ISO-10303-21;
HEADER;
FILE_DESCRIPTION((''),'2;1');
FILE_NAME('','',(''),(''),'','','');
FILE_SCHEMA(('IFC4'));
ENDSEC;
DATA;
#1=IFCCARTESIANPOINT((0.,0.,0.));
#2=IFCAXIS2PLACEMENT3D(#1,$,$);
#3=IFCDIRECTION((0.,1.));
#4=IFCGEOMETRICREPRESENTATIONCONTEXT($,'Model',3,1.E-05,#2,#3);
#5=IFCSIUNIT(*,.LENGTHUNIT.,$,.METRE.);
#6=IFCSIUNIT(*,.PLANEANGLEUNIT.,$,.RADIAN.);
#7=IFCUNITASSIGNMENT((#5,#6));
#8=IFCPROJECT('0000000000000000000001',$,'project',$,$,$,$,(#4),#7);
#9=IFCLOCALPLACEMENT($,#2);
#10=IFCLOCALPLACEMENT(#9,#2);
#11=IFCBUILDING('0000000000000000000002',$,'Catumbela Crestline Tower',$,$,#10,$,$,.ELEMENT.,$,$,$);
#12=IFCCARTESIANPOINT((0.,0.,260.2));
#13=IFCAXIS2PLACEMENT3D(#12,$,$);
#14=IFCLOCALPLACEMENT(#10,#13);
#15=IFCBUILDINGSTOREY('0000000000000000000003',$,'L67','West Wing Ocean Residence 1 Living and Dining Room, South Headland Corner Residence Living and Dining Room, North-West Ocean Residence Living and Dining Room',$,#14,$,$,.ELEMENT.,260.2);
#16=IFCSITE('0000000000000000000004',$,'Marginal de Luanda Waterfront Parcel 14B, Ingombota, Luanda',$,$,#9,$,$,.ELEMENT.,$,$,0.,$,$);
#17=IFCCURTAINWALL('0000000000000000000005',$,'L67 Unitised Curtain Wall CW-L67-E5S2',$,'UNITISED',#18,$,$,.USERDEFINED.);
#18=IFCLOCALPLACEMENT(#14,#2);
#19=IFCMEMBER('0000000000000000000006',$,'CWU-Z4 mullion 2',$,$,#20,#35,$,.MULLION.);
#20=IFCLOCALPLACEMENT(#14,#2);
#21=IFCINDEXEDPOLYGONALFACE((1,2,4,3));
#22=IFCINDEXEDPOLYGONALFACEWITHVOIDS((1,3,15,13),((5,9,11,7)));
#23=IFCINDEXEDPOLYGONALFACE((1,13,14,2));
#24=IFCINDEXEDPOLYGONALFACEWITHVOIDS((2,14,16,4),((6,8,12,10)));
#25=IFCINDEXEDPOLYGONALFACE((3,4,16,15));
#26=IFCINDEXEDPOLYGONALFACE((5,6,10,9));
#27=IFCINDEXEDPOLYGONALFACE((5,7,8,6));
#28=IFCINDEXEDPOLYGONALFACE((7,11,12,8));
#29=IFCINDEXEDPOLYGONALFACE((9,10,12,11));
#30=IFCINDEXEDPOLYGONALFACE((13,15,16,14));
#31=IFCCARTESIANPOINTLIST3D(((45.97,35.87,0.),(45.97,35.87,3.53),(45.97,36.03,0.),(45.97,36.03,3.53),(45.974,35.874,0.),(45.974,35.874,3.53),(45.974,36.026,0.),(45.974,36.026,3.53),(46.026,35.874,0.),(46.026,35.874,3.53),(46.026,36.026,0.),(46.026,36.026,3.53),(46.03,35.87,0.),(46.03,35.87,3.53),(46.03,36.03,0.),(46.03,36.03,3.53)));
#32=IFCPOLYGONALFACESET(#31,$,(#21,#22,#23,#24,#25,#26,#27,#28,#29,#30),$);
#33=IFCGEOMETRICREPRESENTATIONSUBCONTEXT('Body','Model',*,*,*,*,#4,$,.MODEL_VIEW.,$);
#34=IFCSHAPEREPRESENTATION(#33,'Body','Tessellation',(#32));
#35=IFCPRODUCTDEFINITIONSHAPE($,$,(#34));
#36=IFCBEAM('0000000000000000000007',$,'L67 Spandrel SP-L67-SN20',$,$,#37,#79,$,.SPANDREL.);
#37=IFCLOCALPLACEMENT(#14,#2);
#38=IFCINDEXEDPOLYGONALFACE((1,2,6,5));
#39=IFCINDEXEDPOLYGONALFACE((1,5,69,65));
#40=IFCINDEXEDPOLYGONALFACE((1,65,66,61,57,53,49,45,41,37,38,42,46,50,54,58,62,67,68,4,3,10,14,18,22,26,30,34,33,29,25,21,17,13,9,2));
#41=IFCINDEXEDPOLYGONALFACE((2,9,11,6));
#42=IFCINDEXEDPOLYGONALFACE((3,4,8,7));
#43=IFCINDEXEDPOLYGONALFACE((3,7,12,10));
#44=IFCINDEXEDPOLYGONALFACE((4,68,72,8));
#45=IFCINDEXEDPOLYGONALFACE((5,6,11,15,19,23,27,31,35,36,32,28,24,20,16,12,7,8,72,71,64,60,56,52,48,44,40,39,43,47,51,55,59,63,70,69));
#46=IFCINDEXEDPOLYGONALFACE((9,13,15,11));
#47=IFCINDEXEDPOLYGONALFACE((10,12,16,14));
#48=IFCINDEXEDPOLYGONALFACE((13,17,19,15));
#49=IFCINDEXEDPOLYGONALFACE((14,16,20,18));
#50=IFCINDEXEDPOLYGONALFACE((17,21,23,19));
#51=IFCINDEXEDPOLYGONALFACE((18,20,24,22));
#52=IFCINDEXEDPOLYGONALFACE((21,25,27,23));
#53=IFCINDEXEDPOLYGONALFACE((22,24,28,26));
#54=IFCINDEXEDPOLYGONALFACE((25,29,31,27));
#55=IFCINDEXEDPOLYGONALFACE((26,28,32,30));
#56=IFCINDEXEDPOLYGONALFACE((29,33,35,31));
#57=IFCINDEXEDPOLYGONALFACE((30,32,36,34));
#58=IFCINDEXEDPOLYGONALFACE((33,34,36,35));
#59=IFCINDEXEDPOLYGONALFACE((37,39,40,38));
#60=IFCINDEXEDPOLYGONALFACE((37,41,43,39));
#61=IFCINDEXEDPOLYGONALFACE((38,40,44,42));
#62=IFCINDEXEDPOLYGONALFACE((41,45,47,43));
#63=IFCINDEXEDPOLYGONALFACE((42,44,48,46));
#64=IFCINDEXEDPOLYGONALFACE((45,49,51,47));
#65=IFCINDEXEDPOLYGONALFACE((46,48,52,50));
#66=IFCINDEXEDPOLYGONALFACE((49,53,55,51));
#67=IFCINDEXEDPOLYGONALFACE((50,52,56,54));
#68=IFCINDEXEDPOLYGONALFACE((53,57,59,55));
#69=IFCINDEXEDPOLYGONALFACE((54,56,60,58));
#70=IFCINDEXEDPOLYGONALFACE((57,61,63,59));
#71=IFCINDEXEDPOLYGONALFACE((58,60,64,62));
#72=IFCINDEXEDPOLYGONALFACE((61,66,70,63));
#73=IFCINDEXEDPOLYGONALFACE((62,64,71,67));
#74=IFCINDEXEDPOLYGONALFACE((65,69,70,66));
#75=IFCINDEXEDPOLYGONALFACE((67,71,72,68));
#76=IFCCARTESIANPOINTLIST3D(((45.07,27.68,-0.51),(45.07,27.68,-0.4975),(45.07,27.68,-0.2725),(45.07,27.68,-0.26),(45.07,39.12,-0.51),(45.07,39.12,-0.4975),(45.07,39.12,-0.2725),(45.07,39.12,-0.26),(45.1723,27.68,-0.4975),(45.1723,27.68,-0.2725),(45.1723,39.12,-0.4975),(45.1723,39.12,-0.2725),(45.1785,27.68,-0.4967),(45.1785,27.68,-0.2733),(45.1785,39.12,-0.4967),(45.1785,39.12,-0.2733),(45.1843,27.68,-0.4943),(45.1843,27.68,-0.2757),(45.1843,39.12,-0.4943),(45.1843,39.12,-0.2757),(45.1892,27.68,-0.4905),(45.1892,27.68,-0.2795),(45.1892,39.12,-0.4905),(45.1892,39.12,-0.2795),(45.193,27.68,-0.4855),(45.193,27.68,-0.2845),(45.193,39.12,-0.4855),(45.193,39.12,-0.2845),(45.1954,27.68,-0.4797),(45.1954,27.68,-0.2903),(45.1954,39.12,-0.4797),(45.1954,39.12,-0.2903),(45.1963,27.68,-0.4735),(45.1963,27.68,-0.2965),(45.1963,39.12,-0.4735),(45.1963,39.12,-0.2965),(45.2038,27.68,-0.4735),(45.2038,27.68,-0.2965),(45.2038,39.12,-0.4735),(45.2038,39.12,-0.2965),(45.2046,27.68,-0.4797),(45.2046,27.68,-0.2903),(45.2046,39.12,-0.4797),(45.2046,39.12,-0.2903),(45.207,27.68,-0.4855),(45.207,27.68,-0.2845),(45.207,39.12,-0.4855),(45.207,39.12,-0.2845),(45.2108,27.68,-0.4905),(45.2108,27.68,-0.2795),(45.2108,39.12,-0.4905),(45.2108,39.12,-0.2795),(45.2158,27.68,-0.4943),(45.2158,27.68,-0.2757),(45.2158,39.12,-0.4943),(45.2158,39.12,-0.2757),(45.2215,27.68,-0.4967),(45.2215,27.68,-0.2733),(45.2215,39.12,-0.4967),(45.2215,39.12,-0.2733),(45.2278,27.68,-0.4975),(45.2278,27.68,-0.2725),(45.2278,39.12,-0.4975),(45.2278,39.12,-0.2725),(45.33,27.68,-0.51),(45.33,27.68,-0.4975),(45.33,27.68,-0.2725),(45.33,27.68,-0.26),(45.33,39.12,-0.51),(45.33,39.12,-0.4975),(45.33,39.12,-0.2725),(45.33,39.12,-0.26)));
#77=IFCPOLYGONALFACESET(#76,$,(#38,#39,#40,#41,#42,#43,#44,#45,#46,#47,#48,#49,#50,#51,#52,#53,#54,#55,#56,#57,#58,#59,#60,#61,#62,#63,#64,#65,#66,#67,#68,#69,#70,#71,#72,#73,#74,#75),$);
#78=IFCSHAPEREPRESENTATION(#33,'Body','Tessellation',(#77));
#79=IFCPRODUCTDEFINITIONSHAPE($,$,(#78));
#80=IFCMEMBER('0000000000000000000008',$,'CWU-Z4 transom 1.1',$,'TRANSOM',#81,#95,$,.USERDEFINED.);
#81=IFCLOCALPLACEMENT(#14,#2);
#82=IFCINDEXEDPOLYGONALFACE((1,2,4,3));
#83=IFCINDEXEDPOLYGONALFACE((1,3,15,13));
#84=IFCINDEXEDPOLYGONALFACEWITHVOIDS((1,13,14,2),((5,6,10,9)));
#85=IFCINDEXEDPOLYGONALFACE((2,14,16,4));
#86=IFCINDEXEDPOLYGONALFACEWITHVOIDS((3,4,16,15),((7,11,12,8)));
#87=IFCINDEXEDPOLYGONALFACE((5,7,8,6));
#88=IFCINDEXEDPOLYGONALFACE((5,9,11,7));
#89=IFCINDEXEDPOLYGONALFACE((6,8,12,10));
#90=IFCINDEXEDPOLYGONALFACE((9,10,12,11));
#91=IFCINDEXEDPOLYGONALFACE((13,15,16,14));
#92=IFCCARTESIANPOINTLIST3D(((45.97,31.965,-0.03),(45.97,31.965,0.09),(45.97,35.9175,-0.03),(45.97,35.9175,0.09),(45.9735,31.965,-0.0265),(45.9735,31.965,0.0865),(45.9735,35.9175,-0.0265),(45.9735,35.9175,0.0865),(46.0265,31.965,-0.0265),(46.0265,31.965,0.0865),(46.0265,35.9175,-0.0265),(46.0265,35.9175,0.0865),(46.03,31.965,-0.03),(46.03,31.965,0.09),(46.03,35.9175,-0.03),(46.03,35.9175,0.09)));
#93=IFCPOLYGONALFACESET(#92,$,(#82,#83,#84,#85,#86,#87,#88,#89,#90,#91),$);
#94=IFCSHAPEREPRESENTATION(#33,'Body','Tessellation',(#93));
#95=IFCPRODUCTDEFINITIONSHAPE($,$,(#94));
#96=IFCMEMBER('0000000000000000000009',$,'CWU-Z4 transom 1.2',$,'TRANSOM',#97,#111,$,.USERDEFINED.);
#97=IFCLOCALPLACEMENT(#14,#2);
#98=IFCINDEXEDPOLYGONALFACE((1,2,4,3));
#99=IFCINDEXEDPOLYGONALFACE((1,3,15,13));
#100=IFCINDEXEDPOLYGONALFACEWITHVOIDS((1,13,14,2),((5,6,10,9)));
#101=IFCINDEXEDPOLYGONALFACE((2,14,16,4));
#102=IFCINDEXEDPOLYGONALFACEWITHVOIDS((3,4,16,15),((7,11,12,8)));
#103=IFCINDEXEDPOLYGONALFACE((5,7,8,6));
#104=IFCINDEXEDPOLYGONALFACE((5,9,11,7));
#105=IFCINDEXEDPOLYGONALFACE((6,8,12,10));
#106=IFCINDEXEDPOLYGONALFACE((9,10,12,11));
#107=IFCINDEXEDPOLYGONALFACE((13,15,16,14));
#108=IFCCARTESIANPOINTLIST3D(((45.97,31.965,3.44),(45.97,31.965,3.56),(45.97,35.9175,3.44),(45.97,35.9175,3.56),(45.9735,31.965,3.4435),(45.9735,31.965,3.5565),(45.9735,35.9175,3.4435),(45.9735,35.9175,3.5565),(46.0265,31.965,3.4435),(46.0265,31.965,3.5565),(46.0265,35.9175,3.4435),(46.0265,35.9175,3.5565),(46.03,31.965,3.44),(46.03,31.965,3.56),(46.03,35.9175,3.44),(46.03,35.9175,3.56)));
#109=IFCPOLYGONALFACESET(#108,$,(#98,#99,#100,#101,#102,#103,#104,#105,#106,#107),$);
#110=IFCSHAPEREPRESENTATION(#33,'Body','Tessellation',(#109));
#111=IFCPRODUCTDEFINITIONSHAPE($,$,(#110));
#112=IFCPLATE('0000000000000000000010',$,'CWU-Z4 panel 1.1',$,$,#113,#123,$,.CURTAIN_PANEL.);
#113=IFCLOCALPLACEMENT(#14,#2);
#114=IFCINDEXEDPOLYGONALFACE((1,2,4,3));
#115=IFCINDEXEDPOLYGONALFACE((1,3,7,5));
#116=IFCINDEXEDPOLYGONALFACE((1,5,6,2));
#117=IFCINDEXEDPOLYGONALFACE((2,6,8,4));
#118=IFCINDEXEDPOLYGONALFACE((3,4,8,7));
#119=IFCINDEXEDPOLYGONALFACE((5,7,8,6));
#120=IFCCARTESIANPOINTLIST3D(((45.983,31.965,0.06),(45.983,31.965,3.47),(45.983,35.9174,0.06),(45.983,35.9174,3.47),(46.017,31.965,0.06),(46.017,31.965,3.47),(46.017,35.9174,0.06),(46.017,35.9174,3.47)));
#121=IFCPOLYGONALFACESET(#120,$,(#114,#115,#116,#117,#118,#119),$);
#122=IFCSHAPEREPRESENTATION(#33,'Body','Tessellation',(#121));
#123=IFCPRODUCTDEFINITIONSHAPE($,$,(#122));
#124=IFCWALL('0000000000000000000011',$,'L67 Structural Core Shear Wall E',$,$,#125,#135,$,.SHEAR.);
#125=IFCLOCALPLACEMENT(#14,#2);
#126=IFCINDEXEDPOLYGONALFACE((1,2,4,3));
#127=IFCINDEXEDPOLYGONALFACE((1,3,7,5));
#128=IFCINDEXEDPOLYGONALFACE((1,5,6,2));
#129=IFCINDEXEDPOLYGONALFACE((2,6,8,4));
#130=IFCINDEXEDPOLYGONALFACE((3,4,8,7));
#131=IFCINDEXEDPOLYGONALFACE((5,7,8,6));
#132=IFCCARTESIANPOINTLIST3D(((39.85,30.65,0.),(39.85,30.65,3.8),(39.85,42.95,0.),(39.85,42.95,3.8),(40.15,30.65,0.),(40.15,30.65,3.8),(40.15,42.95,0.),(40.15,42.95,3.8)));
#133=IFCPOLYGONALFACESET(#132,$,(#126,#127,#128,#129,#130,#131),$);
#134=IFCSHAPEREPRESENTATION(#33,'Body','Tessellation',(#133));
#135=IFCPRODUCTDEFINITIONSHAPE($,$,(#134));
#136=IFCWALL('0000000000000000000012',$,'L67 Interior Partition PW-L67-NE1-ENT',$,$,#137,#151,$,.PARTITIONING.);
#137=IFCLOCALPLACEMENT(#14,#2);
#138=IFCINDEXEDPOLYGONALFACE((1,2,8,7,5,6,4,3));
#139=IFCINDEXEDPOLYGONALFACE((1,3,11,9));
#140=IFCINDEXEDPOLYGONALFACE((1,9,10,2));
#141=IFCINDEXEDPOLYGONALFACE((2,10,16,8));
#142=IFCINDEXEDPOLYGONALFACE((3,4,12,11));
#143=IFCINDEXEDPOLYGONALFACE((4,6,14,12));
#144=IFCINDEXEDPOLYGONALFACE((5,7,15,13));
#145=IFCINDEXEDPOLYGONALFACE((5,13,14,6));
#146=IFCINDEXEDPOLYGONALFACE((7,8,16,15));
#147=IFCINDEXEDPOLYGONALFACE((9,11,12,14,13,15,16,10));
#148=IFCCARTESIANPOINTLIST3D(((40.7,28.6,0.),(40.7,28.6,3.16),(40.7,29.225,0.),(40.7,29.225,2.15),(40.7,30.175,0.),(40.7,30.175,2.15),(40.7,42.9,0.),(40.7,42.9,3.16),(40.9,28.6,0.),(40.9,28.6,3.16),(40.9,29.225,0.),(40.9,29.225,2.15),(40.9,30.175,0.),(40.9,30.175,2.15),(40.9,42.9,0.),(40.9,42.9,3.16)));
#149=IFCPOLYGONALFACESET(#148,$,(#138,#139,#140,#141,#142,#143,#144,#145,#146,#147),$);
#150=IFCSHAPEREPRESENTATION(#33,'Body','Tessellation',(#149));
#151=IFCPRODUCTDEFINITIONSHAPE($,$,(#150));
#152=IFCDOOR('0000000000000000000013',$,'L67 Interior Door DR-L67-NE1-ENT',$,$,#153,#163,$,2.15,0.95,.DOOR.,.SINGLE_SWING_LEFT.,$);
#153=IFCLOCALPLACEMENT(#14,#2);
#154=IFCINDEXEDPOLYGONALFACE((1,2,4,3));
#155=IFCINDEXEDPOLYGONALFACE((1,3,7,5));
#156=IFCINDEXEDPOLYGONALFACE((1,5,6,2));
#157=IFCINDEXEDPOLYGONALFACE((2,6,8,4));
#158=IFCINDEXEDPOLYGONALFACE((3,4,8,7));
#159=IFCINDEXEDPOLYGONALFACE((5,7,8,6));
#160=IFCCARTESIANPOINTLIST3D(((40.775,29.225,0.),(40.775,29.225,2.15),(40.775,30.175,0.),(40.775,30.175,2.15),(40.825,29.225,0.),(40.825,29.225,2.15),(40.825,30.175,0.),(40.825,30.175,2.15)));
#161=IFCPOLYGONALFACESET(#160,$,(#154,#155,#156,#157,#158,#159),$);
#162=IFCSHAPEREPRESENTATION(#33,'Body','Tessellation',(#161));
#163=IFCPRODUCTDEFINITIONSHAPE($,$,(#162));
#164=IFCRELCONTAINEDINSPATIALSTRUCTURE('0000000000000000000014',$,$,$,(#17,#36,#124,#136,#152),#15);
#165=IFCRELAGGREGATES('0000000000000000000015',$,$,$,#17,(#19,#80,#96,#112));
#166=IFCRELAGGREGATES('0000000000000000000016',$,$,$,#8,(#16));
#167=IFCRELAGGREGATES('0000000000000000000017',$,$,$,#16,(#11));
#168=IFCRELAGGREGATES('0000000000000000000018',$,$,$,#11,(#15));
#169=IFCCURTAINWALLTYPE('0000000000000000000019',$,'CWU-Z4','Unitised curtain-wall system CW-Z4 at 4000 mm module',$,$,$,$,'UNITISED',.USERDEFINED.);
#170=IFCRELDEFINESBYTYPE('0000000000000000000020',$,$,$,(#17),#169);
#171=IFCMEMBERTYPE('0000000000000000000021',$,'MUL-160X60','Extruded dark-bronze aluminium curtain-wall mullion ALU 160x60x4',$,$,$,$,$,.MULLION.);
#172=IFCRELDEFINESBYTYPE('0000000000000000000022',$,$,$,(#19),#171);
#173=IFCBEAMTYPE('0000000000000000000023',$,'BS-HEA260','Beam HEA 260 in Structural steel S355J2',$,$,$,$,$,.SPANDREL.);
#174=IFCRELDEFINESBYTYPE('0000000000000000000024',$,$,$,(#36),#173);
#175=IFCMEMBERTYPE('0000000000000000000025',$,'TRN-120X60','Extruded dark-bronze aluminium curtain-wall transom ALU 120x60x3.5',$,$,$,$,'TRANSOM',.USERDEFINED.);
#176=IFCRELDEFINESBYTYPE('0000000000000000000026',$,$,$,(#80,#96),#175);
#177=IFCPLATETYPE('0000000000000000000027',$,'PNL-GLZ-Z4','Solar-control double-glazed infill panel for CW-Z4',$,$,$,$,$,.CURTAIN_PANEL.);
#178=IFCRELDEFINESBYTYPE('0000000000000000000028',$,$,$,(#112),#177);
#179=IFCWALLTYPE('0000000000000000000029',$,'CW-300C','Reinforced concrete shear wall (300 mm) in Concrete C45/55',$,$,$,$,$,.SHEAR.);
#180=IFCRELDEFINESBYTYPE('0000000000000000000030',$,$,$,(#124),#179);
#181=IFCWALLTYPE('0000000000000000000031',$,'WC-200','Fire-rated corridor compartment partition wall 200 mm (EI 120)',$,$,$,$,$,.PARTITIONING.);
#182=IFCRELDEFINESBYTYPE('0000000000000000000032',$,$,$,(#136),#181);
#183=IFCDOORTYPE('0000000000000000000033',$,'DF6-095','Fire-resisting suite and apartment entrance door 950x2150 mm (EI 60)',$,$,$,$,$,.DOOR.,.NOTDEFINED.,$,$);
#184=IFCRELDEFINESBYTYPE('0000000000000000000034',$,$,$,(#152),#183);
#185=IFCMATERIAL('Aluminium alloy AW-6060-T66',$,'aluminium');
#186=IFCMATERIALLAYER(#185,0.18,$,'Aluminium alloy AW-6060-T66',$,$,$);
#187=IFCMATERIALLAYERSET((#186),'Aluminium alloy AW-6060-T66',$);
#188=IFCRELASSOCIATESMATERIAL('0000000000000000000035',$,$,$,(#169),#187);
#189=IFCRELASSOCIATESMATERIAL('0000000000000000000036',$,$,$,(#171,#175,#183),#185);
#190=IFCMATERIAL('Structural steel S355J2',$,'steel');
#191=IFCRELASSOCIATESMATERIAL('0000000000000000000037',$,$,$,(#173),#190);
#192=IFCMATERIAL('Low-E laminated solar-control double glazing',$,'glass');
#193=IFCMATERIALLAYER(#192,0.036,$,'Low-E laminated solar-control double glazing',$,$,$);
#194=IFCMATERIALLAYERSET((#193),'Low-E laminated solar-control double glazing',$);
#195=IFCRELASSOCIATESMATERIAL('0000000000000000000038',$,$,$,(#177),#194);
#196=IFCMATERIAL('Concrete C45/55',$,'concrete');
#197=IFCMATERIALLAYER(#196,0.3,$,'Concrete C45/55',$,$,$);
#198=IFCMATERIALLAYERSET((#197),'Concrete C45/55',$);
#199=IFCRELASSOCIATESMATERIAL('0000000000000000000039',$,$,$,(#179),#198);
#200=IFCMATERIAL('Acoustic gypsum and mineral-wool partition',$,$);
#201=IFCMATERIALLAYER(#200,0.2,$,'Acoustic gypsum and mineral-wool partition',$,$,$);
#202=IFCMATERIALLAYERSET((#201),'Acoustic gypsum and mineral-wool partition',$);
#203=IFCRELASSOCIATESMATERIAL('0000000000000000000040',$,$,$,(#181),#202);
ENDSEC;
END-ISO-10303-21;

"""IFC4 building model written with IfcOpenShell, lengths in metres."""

from ifc_helpers import new_model, si_unit, direction, frame, frame_2d, origin, origin_2d, place, context, subcontext, project, spatial, rectangle, hollow_rectangle, i_section, extrude, material, layer, layer_set, material_profile, profile_set, type_object, element, fill, aggregate, save


model = new_model("IFC4")

# Units and contexts
model_context = context("Model", 3, precision=1e-05, world=origin(), true_north=direction((0.0, 1.0)))
body_context = subcontext(model_context, "Body", "Model", "MODEL_VIEW")
ifc_project = project(units=[si_unit("LENGTHUNIT", "METRE"), si_unit("PLANEANGLEUNIT", "RADIAN")], contexts=[model_context])

# Site, building, storey
site_placement = place(None, origin())
site = spatial("IfcSite", under=ifc_project, at=site_placement, Name="Marginal de Luanda Waterfront Parcel 14B, Ingombota, Luanda", CompositionType="ELEMENT", RefElevation=0.0)
building_placement = place(site_placement, origin())
building = spatial("IfcBuilding", under=site, at=building_placement, Name="Catumbela Crestline Tower", CompositionType="ELEMENT")
storey_placement = place(building_placement, frame((0.0, 0.0, 260.2)))
storey = spatial("IfcBuildingStorey", under=building, at=storey_placement, Name="L67", Description="West Wing Ocean Residence 1 Living and Dining Room, South Headland Corner Residence Living and Dining Room, North-West Ocean Residence Living and Dining Room", CompositionType="ELEMENT", Elevation=260.2)

# Shared definitions
ifc_material_1 = material(Name="Concrete C45/55", Category="concrete")
ifc_material_2 = material(Name="Structural steel S355J2", Category="steel")

# Curtain wall, member
ifc_material_3 = material(Name="Aluminium alloy AW-6060-T66", Category="aluminium")
ifc_layer_1 = layer(ifc_material_3, 0.18, Name="Aluminium alloy AW-6060-T66")
ifc_layer_set_1 = layer_set([ifc_layer_1], Name="Aluminium alloy AW-6060-T66")
curtain_wall_type = type_object("IfcCurtainWallType", Name="CWU-Z4", Description="Unitised curtain-wall system CW-Z4 at 4000 mm module", ElementType="UNITISED", PredefinedType="USERDEFINED", material=ifc_layer_set_1)
curtain_wall_placement = place(storey_placement, origin())
curtain_wall = element("IfcCurtainWall", 1, at=curtain_wall_placement, inside=storey, type_object=curtain_wall_type, Name="L67 Unitised Curtain Wall CW-L67-E5S2", ObjectType="UNITISED", PredefinedType="USERDEFINED")
ifc_material_profile_1 = material_profile(ifc_material_3, hollow_rectangle(XDim=0.06, YDim=0.16, WallThickness=0.004, at=origin_2d()), Name="ALU 160x60x4")
ifc_profile_set_1 = profile_set([ifc_material_profile_1], Name="Aluminium alloy AW-6060-T66")
member_type_1 = type_object("IfcMemberType", Name="MUL-160X60", Description="Extruded dark-bronze aluminium curtain-wall mullion ALU 160x60x4", PredefinedType="MULLION", material=ifc_profile_set_1)
member_1_placement = place(storey_placement, frame((46.0, 35.95, 0.0), z_axis=(0.0, 0.0, 1.0), x_axis=(-1.0, 0.0, 0.0)))
member_1 = element("IfcMember", 2, at=member_1_placement, type_object=member_type_1, Name="CWU-Z4 mullion 2", PredefinedType="MULLION", context=body_context, shape_type="SweptSolid", body=[
    extrude(hollow_rectangle(XDim=0.06, YDim=0.16, WallThickness=0.004, at=origin_2d()), origin(), (0.0, 0.0, 1.0), 3.53),
])

# Beam
ifc_material_profile_2 = material_profile(ifc_material_2, i_section(OverallWidth=0.26, OverallDepth=0.25, WebThickness=0.0075, FlangeThickness=0.0125, FilletRadius=0.024, at=origin_2d()), Name="HEA 260")
ifc_profile_set_2 = profile_set([ifc_material_profile_2], Name="Structural steel S355J2")
beam_type_1 = type_object("IfcBeamType", Name="BS-HEA260", Description="Beam HEA 260 in Structural steel S355J2", PredefinedType="SPANDREL", material=ifc_profile_set_2)
beam_1_placement = place(storey_placement, frame((45.2, 27.68, -0.385), z_axis=(0.0, 1.0, 0.0), x_axis=(-1.0, 0.0, 0.0)))
element("IfcBeam", 3, at=beam_1_placement, inside=storey, type_object=beam_type_1, Name="L67 Spandrel SP-L67-SN20", PredefinedType="SPANDREL", context=body_context, shape_type="SweptSolid", body=[
    extrude(i_section(OverallWidth=0.26, OverallDepth=0.25, WebThickness=0.0075, FlangeThickness=0.0125, FilletRadius=0.024, at=origin_2d()), origin(), (0.0, 0.0, 1.0), 11.44),
])

# Members
ifc_material_profile_3 = material_profile(ifc_material_3, hollow_rectangle(XDim=0.06, YDim=0.12, WallThickness=0.0035, at=origin_2d()), Name="ALU 120x60x3.5")
ifc_profile_set_3 = profile_set([ifc_material_profile_3], Name="Aluminium alloy AW-6060-T66")
member_type_2 = type_object("IfcMemberType", Name="TRN-120X60", Description="Extruded dark-bronze aluminium curtain-wall transom ALU 120x60x3.5", ElementType="TRANSOM", PredefinedType="USERDEFINED", material=ifc_profile_set_3)
member_2_placement = place(storey_placement, frame((46.0, 31.965, 0.03), z_axis=(0.0, 1.0, 0.0), x_axis=(-1.0, 0.0, 0.0)))
member_2 = element("IfcMember", 4, at=member_2_placement, type_object=member_type_2, Name="CWU-Z4 transom 1.1", ObjectType="TRANSOM", PredefinedType="USERDEFINED", context=body_context, shape_type="SweptSolid", body=[
    extrude(hollow_rectangle(XDim=0.06, YDim=0.12, WallThickness=0.0035, at=origin_2d()), origin(), (0.0, 0.0, 1.0), 3.9525),
])
member_3_placement = place(storey_placement, frame((46.0, 31.965, 3.5), z_axis=(0.0, 1.0, 0.0), x_axis=(-1.0, 0.0, 0.0)))
member_3 = element("IfcMember", 5, at=member_3_placement, type_object=member_type_2, Name="CWU-Z4 transom 1.2", ObjectType="TRANSOM", PredefinedType="USERDEFINED", context=body_context, shape_type="SweptSolid", body=[
    extrude(hollow_rectangle(XDim=0.06, YDim=0.12, WallThickness=0.0035, at=origin_2d()), origin(), (0.0, 0.0, 1.0), 3.9525),
])

# Plate
ifc_material_4 = material(Name="Low-E laminated solar-control double glazing", Category="glass")
ifc_layer_2 = layer(ifc_material_4, 0.036, Name="Low-E laminated solar-control double glazing")
ifc_layer_set_2 = layer_set([ifc_layer_2], Name="Low-E laminated solar-control double glazing")
plate_type = type_object("IfcPlateType", Name="PNL-GLZ-Z4", Description="Solar-control double-glazed infill panel for CW-Z4", PredefinedType="CURTAIN_PANEL", material=ifc_layer_set_2)
plate_placement = place(storey_placement, frame((46.0, 33.9412, 0.06), z_axis=(0.0, 0.0, 1.0), x_axis=(0.0, 1.0, 0.0)))
plate = element("IfcPlate", 6, at=plate_placement, type_object=plate_type, Name="CWU-Z4 panel 1.1", PredefinedType="CURTAIN_PANEL", context=body_context, shape_type="SweptSolid", body=[
    extrude(rectangle(XDim=3.9525, YDim=0.034, at=origin_2d()), origin(), (0.0, 0.0, 1.0), 3.41),
])
aggregate(curtain_wall, [member_1, member_2, member_3, plate])

# Wall
ifc_layer_3 = layer(ifc_material_1, 0.3, Name="Concrete C45/55")
ifc_layer_set_3 = layer_set([ifc_layer_3], Name="Concrete C45/55")
wall_type_1 = type_object("IfcWallType", Name="CW-300C", Description="Reinforced concrete shear wall (300 mm) in Concrete C45/55", PredefinedType="SHEAR", material=ifc_layer_set_3)
wall_1_placement = place(storey_placement, frame((40.0, 30.65, 0.0), z_axis=(0.0, 0.0, 1.0), x_axis=(0.0, 1.0, 0.0)))
element("IfcWall", 7, at=wall_1_placement, inside=storey, type_object=wall_type_1, Name="L67 Structural Core Shear Wall E", PredefinedType="SHEAR", context=body_context, shape_type="SweptSolid", body=[
    extrude(rectangle(XDim=12.3, YDim=0.3, at=frame_2d((6.15, 0.0))), origin(), (0.0, 0.0, 1.0), 3.8),
])

# Wall, opening, door
ifc_material_5 = material(Name="Acoustic gypsum and mineral-wool partition")
ifc_layer_4 = layer(ifc_material_5, 0.2, Name="Acoustic gypsum and mineral-wool partition")
ifc_layer_set_4 = layer_set([ifc_layer_4], Name="Acoustic gypsum and mineral-wool partition")
wall_type_2 = type_object("IfcWallType", Name="WC-200", Description="Fire-rated corridor compartment partition wall 200 mm (EI 120)", PredefinedType="PARTITIONING", material=ifc_layer_set_4)
wall_2_placement = place(storey_placement, frame((40.8, 28.6, 0.0), z_axis=(0.0, 0.0, 1.0), x_axis=(0.0, 1.0, 0.0)))
wall_2 = element("IfcWall", 8, at=wall_2_placement, inside=storey, type_object=wall_type_2, Name="L67 Interior Partition PW-L67-NE1-ENT", PredefinedType="PARTITIONING", context=body_context, shape_type="SweptSolid", body=[
    extrude(rectangle(XDim=14.3, YDim=0.2, at=frame_2d((7.15, 0.0))), origin(), (0.0, 0.0, 1.0), 3.16),
])
opening_1_placement = place(wall_2_placement, frame((0.625, 0.0, 0.0)))
opening_1 = element("IfcOpeningElement", 9, at=opening_1_placement, cuts=wall_2, PredefinedType="OPENING", context=body_context, shape_type="SweptSolid", body=[
    extrude(rectangle(XDim=0.95, YDim=2.15, at=frame_2d((0.475, 1.075))), frame((0.0, 0.11, 0.0), z_axis=(0.0, -1.0, 0.0), x_axis=(1.0, 0.0, 0.0)), (0.0, 0.0, 1.0), 0.22),
])
door_type_1 = type_object("IfcDoorType", Name="DF6-095", Description="Fire-resisting suite and apartment entrance door 950x2150 mm (EI 60)", OperationType="NOTDEFINED", PredefinedType="DOOR", material=ifc_material_3)
door_1_placement = place(opening_1_placement, origin())
door_1 = element("IfcDoor", 10, at=door_1_placement, inside=storey, type_object=door_type_1, Name="L67 Interior Door DR-L67-NE1-ENT", OperationType="SINGLE_SWING_LEFT", OverallHeight=2.15, OverallWidth=0.95, PredefinedType="DOOR", context=body_context, shape_type="SweptSolid", body=[
    extrude(rectangle(XDim=0.95, YDim=2.15, at=frame_2d((0.475, 1.075))), frame((0.0, 0.025, 0.0), z_axis=(0.0, -1.0, 0.0), x_axis=(1.0, 0.0, 0.0)), (0.0, 0.0, 1.0), 0.05),
])
fill(opening_1, door_1)

save(model, "model.ifc")
